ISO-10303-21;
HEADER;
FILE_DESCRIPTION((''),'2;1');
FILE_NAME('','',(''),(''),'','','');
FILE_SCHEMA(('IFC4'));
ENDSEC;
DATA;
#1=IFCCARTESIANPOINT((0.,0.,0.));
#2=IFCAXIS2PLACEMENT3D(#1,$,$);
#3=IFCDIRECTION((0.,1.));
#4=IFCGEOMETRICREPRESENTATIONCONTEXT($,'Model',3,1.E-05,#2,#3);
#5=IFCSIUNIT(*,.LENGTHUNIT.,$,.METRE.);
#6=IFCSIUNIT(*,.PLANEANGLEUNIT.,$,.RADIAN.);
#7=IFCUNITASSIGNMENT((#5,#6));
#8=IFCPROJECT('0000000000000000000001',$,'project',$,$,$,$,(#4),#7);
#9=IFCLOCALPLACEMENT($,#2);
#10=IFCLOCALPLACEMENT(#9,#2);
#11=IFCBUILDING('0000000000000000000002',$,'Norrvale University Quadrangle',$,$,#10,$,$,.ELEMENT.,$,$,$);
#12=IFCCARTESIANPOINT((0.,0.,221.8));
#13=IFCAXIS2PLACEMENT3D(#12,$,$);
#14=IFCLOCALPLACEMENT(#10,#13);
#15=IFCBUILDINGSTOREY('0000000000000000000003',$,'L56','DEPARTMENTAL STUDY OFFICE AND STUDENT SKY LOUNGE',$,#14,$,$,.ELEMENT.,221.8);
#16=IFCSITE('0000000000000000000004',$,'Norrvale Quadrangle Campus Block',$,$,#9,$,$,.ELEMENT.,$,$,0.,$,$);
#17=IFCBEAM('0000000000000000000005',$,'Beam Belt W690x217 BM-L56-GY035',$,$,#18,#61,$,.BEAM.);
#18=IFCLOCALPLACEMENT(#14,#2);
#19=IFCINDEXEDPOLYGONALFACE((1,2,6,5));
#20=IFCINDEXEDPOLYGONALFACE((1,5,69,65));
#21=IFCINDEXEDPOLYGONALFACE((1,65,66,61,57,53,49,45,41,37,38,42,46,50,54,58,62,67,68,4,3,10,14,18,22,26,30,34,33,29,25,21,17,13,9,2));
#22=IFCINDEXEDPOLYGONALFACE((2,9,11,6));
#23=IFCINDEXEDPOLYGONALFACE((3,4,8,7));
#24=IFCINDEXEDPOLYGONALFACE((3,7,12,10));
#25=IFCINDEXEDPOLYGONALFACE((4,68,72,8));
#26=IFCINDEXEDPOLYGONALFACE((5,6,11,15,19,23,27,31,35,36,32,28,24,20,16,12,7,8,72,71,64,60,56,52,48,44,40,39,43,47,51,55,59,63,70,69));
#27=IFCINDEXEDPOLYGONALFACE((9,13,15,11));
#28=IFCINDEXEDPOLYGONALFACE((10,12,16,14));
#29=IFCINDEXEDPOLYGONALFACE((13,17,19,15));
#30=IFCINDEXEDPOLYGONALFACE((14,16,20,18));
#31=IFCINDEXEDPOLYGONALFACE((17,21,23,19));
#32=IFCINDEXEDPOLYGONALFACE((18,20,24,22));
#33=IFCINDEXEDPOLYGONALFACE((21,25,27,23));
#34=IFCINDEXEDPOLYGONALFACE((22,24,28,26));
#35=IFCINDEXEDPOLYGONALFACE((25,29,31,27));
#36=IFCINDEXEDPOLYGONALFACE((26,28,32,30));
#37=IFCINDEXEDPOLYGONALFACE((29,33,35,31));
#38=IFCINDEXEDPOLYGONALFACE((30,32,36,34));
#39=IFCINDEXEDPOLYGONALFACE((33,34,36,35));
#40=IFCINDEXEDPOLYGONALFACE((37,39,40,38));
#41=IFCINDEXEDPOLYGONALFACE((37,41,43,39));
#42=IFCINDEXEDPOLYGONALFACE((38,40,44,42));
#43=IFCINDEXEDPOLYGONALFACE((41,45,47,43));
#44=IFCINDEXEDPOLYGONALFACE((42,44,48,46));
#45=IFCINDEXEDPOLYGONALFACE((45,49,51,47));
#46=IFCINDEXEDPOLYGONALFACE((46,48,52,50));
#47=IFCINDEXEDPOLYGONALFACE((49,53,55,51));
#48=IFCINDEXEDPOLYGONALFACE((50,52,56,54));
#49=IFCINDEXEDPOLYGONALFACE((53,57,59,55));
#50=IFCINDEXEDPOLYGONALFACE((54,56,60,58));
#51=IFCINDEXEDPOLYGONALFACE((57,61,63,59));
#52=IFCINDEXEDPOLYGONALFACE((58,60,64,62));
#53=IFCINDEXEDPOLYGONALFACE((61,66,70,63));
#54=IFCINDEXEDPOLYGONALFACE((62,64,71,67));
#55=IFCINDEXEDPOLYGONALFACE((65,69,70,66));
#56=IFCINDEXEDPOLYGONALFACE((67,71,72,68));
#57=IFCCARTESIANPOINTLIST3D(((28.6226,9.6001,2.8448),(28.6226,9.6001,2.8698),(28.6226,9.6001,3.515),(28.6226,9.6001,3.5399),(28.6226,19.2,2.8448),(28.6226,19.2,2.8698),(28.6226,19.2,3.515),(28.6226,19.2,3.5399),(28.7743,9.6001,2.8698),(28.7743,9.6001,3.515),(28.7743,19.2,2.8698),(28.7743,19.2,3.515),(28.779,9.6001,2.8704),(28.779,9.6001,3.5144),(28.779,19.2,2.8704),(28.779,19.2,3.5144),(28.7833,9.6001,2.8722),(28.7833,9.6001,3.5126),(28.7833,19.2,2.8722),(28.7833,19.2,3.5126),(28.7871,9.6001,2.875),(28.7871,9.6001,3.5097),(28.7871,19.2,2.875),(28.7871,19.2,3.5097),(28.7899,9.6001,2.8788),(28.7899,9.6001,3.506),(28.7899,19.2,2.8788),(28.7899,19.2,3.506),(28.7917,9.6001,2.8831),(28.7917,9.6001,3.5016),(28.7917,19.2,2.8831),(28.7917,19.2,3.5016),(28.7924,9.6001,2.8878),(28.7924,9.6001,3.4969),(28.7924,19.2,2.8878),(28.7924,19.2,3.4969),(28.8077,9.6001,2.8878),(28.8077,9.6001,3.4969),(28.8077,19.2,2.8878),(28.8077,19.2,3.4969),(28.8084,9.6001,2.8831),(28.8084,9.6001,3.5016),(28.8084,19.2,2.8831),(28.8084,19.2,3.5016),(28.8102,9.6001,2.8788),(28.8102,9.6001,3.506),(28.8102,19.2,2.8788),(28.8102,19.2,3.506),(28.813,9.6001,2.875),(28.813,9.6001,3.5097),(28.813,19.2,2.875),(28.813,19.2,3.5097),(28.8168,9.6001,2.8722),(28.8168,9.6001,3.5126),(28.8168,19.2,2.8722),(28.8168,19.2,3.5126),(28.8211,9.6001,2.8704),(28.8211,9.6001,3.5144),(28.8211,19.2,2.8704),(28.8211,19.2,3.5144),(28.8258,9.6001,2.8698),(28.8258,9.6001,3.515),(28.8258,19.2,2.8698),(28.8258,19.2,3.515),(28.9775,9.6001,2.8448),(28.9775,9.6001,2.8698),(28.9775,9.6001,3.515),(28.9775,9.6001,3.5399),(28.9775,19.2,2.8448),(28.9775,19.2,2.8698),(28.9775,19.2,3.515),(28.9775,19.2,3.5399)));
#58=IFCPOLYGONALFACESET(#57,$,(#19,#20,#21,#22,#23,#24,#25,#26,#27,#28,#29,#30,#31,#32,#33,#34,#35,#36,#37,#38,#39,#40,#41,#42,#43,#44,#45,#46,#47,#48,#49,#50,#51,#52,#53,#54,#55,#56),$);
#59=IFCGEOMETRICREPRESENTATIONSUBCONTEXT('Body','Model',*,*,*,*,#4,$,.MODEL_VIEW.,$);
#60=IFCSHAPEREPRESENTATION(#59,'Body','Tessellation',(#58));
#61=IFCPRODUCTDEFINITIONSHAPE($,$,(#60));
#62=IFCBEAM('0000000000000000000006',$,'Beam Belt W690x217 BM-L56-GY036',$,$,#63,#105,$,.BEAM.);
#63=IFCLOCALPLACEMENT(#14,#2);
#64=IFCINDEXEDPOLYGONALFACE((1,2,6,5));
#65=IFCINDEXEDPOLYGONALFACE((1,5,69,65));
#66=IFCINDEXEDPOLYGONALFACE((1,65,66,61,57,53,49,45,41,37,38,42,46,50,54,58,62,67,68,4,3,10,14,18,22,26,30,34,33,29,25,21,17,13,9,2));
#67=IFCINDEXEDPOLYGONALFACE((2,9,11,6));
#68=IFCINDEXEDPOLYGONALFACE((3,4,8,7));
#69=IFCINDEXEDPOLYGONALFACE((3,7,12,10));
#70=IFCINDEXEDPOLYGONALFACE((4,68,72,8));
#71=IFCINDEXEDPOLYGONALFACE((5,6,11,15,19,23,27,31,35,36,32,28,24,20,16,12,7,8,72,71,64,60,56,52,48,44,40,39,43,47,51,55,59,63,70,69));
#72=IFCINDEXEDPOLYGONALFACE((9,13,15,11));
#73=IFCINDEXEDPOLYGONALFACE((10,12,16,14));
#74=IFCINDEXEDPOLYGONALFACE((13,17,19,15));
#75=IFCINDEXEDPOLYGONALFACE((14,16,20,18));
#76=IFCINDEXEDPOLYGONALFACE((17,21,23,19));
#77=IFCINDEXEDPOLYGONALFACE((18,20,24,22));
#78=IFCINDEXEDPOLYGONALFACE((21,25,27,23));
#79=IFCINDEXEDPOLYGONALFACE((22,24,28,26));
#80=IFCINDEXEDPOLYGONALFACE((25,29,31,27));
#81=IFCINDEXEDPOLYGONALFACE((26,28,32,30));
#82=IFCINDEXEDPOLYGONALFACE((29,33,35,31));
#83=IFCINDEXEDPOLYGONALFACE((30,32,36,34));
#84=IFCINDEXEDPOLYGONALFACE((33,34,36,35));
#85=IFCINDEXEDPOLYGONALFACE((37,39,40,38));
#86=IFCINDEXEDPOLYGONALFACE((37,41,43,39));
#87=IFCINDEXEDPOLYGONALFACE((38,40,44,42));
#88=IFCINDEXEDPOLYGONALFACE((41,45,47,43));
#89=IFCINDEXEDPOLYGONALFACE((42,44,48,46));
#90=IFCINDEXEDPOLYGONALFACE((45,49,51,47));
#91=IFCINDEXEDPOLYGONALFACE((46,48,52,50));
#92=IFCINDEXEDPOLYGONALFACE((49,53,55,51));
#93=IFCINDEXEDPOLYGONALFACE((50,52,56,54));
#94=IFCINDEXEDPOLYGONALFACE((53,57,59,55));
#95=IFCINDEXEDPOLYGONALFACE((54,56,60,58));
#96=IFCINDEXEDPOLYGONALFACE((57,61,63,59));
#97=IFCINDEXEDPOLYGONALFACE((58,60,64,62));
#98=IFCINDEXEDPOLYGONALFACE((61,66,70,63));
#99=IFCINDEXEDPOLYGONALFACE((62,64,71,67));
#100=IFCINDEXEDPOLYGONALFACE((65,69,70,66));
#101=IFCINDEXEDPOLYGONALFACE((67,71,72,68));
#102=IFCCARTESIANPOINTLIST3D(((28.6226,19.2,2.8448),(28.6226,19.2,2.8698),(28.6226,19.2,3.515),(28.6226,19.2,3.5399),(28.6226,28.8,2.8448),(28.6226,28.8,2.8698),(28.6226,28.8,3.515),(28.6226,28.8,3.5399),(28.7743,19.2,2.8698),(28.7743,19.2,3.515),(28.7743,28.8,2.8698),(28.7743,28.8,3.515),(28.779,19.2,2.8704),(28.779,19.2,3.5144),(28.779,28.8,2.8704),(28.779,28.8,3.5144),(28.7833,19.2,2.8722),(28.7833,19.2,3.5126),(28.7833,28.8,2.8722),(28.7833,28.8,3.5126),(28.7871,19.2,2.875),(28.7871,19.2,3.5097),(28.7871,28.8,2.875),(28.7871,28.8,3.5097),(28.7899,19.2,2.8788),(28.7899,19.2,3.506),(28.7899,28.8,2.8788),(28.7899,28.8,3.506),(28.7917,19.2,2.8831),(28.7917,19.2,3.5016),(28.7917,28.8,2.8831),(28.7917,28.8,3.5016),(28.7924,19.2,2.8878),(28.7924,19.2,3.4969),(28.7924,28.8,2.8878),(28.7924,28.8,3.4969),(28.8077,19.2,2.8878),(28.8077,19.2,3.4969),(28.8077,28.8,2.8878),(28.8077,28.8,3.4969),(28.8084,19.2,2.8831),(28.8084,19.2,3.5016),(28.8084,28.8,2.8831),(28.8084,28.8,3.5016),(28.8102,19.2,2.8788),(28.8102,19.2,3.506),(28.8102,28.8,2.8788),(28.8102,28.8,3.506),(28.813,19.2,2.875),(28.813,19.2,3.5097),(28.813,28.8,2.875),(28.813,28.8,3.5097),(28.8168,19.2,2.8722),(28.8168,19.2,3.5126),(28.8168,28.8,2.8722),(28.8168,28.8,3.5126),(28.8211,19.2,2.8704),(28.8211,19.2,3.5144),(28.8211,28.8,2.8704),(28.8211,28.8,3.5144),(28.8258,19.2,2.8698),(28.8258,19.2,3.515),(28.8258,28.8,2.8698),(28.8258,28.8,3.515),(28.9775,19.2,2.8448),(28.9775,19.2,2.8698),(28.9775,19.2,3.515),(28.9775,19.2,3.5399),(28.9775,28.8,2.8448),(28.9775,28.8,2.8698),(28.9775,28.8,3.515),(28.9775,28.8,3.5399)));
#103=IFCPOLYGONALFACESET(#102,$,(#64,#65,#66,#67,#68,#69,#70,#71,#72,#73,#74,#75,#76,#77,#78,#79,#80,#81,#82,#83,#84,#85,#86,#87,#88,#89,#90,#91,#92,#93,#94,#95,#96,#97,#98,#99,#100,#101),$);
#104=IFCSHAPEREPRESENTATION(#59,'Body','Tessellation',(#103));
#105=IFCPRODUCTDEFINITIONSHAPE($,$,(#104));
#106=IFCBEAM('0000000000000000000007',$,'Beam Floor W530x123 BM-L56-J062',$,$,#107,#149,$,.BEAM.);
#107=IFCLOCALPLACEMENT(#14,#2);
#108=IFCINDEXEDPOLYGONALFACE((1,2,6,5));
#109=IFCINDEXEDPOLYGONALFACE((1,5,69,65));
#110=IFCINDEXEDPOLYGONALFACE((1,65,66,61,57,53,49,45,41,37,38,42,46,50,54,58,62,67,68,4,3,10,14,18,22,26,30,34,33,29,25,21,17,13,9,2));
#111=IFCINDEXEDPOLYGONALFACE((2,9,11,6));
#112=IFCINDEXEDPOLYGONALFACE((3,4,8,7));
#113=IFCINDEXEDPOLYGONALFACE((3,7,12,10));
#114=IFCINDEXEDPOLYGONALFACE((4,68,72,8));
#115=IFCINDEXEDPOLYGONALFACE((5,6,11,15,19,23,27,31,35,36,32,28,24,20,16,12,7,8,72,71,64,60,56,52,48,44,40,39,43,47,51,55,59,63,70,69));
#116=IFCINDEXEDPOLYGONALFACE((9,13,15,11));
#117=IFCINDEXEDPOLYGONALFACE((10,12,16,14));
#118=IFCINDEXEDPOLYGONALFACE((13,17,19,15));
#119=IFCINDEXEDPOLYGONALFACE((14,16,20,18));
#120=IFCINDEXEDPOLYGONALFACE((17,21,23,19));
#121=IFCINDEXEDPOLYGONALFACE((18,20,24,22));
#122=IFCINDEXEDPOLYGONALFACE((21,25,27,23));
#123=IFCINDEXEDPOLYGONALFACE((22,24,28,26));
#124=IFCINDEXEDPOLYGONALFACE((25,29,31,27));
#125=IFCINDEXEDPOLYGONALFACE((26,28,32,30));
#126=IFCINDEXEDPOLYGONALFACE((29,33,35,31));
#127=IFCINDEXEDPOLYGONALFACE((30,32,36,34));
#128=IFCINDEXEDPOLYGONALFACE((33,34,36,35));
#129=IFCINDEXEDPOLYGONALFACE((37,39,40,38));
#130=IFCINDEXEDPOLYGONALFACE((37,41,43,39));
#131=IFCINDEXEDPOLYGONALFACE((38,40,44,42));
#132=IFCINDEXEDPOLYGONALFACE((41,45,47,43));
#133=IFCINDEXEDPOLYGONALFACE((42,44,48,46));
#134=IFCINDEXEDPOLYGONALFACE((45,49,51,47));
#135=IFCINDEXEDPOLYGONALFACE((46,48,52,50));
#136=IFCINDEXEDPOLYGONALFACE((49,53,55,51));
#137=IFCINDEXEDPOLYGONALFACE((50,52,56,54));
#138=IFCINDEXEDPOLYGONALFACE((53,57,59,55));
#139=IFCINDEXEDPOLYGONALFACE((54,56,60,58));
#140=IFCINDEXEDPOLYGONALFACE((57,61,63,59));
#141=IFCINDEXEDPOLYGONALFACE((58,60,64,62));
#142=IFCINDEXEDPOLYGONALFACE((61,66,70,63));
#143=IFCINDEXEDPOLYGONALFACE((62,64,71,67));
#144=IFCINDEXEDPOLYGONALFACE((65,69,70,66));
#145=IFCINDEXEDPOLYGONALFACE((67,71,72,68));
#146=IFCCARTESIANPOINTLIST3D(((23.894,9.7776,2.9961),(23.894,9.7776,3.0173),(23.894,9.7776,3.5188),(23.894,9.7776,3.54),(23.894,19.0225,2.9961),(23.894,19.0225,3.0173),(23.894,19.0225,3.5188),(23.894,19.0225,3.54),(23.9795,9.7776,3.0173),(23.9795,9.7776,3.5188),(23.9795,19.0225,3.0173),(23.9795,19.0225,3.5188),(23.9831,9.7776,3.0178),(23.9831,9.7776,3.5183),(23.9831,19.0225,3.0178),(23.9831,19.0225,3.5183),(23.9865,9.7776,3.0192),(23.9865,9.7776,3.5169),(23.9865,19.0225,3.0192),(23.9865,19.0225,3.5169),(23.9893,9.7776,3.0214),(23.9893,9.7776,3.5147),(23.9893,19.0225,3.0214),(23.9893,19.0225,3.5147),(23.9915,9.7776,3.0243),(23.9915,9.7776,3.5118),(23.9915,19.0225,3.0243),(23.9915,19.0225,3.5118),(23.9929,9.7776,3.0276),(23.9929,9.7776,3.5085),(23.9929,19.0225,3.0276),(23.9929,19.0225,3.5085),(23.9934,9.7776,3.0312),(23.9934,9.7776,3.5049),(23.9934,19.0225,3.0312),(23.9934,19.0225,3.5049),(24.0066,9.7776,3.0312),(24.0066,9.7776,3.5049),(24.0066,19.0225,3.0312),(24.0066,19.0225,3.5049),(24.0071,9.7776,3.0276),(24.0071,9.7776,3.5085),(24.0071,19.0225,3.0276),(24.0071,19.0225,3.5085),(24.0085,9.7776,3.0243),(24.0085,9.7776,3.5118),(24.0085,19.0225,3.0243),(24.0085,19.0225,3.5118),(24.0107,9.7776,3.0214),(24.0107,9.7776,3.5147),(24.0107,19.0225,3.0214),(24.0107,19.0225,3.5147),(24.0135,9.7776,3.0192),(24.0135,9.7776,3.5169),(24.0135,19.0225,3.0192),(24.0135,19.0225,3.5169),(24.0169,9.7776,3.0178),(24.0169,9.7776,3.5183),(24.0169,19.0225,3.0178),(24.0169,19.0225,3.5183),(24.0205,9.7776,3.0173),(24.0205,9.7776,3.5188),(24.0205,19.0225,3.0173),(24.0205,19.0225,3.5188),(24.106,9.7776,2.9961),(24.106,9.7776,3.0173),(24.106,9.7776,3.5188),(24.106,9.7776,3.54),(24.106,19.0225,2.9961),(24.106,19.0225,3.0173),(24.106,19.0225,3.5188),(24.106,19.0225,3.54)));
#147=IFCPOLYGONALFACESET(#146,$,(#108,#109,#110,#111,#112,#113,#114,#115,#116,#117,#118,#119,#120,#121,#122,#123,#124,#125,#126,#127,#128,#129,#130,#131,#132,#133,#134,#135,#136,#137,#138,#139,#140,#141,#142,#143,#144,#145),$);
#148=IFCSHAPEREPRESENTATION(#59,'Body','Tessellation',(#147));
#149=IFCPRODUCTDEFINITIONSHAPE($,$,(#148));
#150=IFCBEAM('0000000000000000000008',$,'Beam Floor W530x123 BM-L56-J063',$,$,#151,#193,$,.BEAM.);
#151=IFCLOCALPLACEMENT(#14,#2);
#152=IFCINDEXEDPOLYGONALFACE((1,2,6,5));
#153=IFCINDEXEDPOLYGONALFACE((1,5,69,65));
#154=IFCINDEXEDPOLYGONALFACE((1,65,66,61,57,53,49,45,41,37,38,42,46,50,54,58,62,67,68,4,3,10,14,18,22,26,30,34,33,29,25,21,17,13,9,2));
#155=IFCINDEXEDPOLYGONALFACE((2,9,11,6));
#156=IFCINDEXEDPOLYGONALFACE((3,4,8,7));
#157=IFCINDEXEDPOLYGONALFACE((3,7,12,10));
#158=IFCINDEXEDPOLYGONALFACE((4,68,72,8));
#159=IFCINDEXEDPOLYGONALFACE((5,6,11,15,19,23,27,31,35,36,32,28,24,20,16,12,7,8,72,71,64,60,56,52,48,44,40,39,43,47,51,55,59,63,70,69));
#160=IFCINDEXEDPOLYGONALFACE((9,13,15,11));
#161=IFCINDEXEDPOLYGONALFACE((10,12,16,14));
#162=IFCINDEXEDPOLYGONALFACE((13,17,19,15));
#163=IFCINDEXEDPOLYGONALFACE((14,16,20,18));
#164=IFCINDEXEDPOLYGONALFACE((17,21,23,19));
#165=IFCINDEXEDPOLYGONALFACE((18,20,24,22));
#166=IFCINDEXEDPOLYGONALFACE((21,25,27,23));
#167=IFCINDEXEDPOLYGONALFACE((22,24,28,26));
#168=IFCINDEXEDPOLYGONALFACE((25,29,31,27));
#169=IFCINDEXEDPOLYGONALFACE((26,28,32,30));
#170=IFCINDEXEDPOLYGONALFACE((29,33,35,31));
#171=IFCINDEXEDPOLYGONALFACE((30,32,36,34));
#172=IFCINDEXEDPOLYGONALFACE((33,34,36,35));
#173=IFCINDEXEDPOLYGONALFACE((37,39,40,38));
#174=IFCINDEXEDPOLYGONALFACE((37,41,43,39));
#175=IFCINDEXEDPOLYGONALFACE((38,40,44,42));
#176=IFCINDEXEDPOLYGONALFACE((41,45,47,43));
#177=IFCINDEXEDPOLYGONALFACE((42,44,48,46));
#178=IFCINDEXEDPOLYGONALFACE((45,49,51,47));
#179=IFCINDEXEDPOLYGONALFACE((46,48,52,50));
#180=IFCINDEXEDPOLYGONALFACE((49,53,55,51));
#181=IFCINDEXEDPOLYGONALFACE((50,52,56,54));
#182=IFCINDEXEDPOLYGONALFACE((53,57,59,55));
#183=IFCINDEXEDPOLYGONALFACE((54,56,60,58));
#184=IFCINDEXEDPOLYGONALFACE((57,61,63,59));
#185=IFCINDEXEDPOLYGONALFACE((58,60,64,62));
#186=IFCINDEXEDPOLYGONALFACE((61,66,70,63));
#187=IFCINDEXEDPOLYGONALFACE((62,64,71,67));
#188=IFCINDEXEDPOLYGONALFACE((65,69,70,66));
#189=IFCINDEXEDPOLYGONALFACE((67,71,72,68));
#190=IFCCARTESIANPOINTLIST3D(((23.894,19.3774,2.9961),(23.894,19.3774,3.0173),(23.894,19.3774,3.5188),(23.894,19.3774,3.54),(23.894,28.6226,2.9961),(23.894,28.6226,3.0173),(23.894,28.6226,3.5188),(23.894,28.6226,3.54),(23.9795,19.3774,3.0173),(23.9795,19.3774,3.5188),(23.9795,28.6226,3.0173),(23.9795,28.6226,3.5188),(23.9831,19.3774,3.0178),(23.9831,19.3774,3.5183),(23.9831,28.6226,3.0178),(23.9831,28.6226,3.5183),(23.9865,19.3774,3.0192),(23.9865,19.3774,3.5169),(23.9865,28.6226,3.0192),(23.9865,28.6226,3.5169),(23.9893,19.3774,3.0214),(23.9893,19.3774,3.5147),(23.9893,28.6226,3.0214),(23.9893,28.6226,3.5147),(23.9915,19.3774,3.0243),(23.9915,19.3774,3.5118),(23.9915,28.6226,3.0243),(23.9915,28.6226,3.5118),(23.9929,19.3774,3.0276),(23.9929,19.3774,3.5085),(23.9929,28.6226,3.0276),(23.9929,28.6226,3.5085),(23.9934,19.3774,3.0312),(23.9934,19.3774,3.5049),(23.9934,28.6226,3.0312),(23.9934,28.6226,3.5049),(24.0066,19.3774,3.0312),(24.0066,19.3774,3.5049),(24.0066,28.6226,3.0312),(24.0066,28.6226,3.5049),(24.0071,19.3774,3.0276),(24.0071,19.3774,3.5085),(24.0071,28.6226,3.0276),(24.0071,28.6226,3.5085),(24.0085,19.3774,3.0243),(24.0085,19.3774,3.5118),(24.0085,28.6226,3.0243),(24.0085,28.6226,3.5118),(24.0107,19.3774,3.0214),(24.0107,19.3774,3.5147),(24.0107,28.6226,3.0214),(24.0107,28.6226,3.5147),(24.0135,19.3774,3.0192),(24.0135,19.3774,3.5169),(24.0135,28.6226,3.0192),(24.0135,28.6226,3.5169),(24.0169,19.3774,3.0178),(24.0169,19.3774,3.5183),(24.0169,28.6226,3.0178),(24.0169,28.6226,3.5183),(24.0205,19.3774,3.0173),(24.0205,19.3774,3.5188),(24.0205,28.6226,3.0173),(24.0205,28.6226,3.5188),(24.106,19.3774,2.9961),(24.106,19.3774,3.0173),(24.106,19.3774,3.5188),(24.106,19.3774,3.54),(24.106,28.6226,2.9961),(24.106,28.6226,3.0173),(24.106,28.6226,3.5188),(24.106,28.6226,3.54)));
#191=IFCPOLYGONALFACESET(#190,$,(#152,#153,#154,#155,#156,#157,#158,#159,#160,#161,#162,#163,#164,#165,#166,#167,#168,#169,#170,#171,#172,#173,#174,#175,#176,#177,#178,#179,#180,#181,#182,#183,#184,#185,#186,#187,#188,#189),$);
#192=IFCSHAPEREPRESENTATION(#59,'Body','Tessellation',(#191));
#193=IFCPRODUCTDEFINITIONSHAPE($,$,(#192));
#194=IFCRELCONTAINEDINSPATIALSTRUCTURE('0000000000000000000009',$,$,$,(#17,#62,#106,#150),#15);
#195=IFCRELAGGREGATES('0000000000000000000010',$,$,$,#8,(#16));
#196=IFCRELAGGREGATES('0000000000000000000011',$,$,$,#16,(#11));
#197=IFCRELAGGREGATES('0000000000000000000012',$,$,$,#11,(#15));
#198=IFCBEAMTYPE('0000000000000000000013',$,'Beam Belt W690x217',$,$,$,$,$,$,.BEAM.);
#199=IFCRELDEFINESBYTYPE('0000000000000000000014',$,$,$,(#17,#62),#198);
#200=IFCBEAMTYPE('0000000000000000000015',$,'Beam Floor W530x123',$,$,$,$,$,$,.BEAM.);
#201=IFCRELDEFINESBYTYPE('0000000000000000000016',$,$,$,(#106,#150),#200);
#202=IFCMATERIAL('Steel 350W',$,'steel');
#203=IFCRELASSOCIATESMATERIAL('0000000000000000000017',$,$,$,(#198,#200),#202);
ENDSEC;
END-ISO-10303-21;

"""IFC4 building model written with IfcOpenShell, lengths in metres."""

from ifc_helpers import new_model, si_unit, direction, frame, origin, origin_2d, place, context, subcontext, project, spatial, i_section, extrude, material, material_profile, profile_set, type_object, element, save


model = new_model("IFC4")

# Units and contexts
model_context = context("Model", 3, precision=1e-05, world=origin(), true_north=direction((0.0, 1.0)))
body_context = subcontext(model_context, "Body", "Model", "MODEL_VIEW")
ifc_project = project(units=[si_unit("LENGTHUNIT", "METRE"), si_unit("PLANEANGLEUNIT", "RADIAN")], contexts=[model_context])

# Site, building, storey
site_placement = place(None, origin())
site = spatial("IfcSite", under=ifc_project, at=site_placement, Name="Norrvale Quadrangle Campus Block", CompositionType="ELEMENT", RefElevation=0.0)
building_placement = place(site_placement, origin())
building = spatial("IfcBuilding", under=site, at=building_placement, Name="Norrvale University Quadrangle", CompositionType="ELEMENT")
storey_placement = place(building_placement, frame((0.0, 0.0, 221.8)))
storey = spatial("IfcBuildingStorey", under=building, at=storey_placement, Name="L56", Description="DEPARTMENTAL STUDY OFFICE AND STUDENT SKY LOUNGE", CompositionType="ELEMENT", Elevation=221.8)

# Beams
ifc_material_1 = material(Name="Steel 350W", Category="steel")
ifc_material_profile_1 = material_profile(ifc_material_1, i_section(OverallWidth=0.355, OverallDepth=0.6951, WebThickness=0.0154, FlangeThickness=0.0249, FilletRadius=0.0181, at=origin_2d()), Name="Steel 350W")
ifc_profile_set_1 = profile_set([ifc_material_profile_1], Name="Steel 350W")
beam_type_1 = type_object("IfcBeamType", Name="Beam Belt W690x217", PredefinedType="BEAM", material=ifc_profile_set_1)
beam_1_placement = place(storey_placement, frame((28.8, 9.6001, 3.1924), z_axis=(0.0, 1.0, 0.0), x_axis=(-1.0, 0.0, 0.0)))
element("IfcBeam", 1, at=beam_1_placement, inside=storey, type_object=beam_type_1, Name="Beam Belt W690x217 BM-L56-GY035", PredefinedType="BEAM", context=body_context, shape_type="SweptSolid", body=[
    extrude(i_section(OverallWidth=0.355, OverallDepth=0.6951, WebThickness=0.0154, FlangeThickness=0.0249, FilletRadius=0.0181, at=origin_2d()), origin(), (0.0, 0.0, 1.0), 9.5999),
])
beam_2_placement = place(storey_placement, frame((28.8, 19.2, 3.1924), z_axis=(0.0, 1.0, 0.0), x_axis=(-1.0, 0.0, 0.0)))
element("IfcBeam", 2, at=beam_2_placement, inside=storey, type_object=beam_type_1, Name="Beam Belt W690x217 BM-L56-GY036", PredefinedType="BEAM", context=body_context, shape_type="SweptSolid", body=[
    extrude(i_section(OverallWidth=0.355, OverallDepth=0.6951, WebThickness=0.0154, FlangeThickness=0.0249, FilletRadius=0.0181, at=origin_2d()), origin(), (0.0, 0.0, 1.0), 9.6001),
])
ifc_material_profile_2 = material_profile(ifc_material_1, i_section(OverallWidth=0.2119, OverallDepth=0.5439, WebThickness=0.0132, FlangeThickness=0.0212, FilletRadius=0.0139, at=origin_2d()), Name="Steel 350W")
ifc_profile_set_2 = profile_set([ifc_material_profile_2], Name="Steel 350W")
beam_type_2 = type_object("IfcBeamType", Name="Beam Floor W530x123", PredefinedType="BEAM", material=ifc_profile_set_2)
beam_3_placement = place(storey_placement, frame((24.0, 9.7776, 3.2681), z_axis=(0.0, 1.0, 0.0), x_axis=(-1.0, 0.0, 0.0)))
element("IfcBeam", 3, at=beam_3_placement, inside=storey, type_object=beam_type_2, Name="Beam Floor W530x123 BM-L56-J062", PredefinedType="BEAM", context=body_context, shape_type="SweptSolid", body=[
    extrude(i_section(OverallWidth=0.2119, OverallDepth=0.5439, WebThickness=0.0132, FlangeThickness=0.0212, FilletRadius=0.0139, at=origin_2d()), origin(), (0.0, 0.0, 1.0), 9.2449),
])
beam_4_placement = place(storey_placement, frame((24.0, 19.3774, 3.2681), z_axis=(0.0, 1.0, 0.0), x_axis=(-1.0, 0.0, 0.0)))
element("IfcBeam", 4, at=beam_4_placement, inside=storey, type_object=beam_type_2, Name="Beam Floor W530x123 BM-L56-J063", PredefinedType="BEAM", context=body_context, shape_type="SweptSolid", body=[
    extrude(i_section(OverallWidth=0.2119, OverallDepth=0.5439, WebThickness=0.0132, FlangeThickness=0.0212, FilletRadius=0.0139, at=origin_2d()), origin(), (0.0, 0.0, 1.0), 9.2451),
])

save(model, "model.ifc")
